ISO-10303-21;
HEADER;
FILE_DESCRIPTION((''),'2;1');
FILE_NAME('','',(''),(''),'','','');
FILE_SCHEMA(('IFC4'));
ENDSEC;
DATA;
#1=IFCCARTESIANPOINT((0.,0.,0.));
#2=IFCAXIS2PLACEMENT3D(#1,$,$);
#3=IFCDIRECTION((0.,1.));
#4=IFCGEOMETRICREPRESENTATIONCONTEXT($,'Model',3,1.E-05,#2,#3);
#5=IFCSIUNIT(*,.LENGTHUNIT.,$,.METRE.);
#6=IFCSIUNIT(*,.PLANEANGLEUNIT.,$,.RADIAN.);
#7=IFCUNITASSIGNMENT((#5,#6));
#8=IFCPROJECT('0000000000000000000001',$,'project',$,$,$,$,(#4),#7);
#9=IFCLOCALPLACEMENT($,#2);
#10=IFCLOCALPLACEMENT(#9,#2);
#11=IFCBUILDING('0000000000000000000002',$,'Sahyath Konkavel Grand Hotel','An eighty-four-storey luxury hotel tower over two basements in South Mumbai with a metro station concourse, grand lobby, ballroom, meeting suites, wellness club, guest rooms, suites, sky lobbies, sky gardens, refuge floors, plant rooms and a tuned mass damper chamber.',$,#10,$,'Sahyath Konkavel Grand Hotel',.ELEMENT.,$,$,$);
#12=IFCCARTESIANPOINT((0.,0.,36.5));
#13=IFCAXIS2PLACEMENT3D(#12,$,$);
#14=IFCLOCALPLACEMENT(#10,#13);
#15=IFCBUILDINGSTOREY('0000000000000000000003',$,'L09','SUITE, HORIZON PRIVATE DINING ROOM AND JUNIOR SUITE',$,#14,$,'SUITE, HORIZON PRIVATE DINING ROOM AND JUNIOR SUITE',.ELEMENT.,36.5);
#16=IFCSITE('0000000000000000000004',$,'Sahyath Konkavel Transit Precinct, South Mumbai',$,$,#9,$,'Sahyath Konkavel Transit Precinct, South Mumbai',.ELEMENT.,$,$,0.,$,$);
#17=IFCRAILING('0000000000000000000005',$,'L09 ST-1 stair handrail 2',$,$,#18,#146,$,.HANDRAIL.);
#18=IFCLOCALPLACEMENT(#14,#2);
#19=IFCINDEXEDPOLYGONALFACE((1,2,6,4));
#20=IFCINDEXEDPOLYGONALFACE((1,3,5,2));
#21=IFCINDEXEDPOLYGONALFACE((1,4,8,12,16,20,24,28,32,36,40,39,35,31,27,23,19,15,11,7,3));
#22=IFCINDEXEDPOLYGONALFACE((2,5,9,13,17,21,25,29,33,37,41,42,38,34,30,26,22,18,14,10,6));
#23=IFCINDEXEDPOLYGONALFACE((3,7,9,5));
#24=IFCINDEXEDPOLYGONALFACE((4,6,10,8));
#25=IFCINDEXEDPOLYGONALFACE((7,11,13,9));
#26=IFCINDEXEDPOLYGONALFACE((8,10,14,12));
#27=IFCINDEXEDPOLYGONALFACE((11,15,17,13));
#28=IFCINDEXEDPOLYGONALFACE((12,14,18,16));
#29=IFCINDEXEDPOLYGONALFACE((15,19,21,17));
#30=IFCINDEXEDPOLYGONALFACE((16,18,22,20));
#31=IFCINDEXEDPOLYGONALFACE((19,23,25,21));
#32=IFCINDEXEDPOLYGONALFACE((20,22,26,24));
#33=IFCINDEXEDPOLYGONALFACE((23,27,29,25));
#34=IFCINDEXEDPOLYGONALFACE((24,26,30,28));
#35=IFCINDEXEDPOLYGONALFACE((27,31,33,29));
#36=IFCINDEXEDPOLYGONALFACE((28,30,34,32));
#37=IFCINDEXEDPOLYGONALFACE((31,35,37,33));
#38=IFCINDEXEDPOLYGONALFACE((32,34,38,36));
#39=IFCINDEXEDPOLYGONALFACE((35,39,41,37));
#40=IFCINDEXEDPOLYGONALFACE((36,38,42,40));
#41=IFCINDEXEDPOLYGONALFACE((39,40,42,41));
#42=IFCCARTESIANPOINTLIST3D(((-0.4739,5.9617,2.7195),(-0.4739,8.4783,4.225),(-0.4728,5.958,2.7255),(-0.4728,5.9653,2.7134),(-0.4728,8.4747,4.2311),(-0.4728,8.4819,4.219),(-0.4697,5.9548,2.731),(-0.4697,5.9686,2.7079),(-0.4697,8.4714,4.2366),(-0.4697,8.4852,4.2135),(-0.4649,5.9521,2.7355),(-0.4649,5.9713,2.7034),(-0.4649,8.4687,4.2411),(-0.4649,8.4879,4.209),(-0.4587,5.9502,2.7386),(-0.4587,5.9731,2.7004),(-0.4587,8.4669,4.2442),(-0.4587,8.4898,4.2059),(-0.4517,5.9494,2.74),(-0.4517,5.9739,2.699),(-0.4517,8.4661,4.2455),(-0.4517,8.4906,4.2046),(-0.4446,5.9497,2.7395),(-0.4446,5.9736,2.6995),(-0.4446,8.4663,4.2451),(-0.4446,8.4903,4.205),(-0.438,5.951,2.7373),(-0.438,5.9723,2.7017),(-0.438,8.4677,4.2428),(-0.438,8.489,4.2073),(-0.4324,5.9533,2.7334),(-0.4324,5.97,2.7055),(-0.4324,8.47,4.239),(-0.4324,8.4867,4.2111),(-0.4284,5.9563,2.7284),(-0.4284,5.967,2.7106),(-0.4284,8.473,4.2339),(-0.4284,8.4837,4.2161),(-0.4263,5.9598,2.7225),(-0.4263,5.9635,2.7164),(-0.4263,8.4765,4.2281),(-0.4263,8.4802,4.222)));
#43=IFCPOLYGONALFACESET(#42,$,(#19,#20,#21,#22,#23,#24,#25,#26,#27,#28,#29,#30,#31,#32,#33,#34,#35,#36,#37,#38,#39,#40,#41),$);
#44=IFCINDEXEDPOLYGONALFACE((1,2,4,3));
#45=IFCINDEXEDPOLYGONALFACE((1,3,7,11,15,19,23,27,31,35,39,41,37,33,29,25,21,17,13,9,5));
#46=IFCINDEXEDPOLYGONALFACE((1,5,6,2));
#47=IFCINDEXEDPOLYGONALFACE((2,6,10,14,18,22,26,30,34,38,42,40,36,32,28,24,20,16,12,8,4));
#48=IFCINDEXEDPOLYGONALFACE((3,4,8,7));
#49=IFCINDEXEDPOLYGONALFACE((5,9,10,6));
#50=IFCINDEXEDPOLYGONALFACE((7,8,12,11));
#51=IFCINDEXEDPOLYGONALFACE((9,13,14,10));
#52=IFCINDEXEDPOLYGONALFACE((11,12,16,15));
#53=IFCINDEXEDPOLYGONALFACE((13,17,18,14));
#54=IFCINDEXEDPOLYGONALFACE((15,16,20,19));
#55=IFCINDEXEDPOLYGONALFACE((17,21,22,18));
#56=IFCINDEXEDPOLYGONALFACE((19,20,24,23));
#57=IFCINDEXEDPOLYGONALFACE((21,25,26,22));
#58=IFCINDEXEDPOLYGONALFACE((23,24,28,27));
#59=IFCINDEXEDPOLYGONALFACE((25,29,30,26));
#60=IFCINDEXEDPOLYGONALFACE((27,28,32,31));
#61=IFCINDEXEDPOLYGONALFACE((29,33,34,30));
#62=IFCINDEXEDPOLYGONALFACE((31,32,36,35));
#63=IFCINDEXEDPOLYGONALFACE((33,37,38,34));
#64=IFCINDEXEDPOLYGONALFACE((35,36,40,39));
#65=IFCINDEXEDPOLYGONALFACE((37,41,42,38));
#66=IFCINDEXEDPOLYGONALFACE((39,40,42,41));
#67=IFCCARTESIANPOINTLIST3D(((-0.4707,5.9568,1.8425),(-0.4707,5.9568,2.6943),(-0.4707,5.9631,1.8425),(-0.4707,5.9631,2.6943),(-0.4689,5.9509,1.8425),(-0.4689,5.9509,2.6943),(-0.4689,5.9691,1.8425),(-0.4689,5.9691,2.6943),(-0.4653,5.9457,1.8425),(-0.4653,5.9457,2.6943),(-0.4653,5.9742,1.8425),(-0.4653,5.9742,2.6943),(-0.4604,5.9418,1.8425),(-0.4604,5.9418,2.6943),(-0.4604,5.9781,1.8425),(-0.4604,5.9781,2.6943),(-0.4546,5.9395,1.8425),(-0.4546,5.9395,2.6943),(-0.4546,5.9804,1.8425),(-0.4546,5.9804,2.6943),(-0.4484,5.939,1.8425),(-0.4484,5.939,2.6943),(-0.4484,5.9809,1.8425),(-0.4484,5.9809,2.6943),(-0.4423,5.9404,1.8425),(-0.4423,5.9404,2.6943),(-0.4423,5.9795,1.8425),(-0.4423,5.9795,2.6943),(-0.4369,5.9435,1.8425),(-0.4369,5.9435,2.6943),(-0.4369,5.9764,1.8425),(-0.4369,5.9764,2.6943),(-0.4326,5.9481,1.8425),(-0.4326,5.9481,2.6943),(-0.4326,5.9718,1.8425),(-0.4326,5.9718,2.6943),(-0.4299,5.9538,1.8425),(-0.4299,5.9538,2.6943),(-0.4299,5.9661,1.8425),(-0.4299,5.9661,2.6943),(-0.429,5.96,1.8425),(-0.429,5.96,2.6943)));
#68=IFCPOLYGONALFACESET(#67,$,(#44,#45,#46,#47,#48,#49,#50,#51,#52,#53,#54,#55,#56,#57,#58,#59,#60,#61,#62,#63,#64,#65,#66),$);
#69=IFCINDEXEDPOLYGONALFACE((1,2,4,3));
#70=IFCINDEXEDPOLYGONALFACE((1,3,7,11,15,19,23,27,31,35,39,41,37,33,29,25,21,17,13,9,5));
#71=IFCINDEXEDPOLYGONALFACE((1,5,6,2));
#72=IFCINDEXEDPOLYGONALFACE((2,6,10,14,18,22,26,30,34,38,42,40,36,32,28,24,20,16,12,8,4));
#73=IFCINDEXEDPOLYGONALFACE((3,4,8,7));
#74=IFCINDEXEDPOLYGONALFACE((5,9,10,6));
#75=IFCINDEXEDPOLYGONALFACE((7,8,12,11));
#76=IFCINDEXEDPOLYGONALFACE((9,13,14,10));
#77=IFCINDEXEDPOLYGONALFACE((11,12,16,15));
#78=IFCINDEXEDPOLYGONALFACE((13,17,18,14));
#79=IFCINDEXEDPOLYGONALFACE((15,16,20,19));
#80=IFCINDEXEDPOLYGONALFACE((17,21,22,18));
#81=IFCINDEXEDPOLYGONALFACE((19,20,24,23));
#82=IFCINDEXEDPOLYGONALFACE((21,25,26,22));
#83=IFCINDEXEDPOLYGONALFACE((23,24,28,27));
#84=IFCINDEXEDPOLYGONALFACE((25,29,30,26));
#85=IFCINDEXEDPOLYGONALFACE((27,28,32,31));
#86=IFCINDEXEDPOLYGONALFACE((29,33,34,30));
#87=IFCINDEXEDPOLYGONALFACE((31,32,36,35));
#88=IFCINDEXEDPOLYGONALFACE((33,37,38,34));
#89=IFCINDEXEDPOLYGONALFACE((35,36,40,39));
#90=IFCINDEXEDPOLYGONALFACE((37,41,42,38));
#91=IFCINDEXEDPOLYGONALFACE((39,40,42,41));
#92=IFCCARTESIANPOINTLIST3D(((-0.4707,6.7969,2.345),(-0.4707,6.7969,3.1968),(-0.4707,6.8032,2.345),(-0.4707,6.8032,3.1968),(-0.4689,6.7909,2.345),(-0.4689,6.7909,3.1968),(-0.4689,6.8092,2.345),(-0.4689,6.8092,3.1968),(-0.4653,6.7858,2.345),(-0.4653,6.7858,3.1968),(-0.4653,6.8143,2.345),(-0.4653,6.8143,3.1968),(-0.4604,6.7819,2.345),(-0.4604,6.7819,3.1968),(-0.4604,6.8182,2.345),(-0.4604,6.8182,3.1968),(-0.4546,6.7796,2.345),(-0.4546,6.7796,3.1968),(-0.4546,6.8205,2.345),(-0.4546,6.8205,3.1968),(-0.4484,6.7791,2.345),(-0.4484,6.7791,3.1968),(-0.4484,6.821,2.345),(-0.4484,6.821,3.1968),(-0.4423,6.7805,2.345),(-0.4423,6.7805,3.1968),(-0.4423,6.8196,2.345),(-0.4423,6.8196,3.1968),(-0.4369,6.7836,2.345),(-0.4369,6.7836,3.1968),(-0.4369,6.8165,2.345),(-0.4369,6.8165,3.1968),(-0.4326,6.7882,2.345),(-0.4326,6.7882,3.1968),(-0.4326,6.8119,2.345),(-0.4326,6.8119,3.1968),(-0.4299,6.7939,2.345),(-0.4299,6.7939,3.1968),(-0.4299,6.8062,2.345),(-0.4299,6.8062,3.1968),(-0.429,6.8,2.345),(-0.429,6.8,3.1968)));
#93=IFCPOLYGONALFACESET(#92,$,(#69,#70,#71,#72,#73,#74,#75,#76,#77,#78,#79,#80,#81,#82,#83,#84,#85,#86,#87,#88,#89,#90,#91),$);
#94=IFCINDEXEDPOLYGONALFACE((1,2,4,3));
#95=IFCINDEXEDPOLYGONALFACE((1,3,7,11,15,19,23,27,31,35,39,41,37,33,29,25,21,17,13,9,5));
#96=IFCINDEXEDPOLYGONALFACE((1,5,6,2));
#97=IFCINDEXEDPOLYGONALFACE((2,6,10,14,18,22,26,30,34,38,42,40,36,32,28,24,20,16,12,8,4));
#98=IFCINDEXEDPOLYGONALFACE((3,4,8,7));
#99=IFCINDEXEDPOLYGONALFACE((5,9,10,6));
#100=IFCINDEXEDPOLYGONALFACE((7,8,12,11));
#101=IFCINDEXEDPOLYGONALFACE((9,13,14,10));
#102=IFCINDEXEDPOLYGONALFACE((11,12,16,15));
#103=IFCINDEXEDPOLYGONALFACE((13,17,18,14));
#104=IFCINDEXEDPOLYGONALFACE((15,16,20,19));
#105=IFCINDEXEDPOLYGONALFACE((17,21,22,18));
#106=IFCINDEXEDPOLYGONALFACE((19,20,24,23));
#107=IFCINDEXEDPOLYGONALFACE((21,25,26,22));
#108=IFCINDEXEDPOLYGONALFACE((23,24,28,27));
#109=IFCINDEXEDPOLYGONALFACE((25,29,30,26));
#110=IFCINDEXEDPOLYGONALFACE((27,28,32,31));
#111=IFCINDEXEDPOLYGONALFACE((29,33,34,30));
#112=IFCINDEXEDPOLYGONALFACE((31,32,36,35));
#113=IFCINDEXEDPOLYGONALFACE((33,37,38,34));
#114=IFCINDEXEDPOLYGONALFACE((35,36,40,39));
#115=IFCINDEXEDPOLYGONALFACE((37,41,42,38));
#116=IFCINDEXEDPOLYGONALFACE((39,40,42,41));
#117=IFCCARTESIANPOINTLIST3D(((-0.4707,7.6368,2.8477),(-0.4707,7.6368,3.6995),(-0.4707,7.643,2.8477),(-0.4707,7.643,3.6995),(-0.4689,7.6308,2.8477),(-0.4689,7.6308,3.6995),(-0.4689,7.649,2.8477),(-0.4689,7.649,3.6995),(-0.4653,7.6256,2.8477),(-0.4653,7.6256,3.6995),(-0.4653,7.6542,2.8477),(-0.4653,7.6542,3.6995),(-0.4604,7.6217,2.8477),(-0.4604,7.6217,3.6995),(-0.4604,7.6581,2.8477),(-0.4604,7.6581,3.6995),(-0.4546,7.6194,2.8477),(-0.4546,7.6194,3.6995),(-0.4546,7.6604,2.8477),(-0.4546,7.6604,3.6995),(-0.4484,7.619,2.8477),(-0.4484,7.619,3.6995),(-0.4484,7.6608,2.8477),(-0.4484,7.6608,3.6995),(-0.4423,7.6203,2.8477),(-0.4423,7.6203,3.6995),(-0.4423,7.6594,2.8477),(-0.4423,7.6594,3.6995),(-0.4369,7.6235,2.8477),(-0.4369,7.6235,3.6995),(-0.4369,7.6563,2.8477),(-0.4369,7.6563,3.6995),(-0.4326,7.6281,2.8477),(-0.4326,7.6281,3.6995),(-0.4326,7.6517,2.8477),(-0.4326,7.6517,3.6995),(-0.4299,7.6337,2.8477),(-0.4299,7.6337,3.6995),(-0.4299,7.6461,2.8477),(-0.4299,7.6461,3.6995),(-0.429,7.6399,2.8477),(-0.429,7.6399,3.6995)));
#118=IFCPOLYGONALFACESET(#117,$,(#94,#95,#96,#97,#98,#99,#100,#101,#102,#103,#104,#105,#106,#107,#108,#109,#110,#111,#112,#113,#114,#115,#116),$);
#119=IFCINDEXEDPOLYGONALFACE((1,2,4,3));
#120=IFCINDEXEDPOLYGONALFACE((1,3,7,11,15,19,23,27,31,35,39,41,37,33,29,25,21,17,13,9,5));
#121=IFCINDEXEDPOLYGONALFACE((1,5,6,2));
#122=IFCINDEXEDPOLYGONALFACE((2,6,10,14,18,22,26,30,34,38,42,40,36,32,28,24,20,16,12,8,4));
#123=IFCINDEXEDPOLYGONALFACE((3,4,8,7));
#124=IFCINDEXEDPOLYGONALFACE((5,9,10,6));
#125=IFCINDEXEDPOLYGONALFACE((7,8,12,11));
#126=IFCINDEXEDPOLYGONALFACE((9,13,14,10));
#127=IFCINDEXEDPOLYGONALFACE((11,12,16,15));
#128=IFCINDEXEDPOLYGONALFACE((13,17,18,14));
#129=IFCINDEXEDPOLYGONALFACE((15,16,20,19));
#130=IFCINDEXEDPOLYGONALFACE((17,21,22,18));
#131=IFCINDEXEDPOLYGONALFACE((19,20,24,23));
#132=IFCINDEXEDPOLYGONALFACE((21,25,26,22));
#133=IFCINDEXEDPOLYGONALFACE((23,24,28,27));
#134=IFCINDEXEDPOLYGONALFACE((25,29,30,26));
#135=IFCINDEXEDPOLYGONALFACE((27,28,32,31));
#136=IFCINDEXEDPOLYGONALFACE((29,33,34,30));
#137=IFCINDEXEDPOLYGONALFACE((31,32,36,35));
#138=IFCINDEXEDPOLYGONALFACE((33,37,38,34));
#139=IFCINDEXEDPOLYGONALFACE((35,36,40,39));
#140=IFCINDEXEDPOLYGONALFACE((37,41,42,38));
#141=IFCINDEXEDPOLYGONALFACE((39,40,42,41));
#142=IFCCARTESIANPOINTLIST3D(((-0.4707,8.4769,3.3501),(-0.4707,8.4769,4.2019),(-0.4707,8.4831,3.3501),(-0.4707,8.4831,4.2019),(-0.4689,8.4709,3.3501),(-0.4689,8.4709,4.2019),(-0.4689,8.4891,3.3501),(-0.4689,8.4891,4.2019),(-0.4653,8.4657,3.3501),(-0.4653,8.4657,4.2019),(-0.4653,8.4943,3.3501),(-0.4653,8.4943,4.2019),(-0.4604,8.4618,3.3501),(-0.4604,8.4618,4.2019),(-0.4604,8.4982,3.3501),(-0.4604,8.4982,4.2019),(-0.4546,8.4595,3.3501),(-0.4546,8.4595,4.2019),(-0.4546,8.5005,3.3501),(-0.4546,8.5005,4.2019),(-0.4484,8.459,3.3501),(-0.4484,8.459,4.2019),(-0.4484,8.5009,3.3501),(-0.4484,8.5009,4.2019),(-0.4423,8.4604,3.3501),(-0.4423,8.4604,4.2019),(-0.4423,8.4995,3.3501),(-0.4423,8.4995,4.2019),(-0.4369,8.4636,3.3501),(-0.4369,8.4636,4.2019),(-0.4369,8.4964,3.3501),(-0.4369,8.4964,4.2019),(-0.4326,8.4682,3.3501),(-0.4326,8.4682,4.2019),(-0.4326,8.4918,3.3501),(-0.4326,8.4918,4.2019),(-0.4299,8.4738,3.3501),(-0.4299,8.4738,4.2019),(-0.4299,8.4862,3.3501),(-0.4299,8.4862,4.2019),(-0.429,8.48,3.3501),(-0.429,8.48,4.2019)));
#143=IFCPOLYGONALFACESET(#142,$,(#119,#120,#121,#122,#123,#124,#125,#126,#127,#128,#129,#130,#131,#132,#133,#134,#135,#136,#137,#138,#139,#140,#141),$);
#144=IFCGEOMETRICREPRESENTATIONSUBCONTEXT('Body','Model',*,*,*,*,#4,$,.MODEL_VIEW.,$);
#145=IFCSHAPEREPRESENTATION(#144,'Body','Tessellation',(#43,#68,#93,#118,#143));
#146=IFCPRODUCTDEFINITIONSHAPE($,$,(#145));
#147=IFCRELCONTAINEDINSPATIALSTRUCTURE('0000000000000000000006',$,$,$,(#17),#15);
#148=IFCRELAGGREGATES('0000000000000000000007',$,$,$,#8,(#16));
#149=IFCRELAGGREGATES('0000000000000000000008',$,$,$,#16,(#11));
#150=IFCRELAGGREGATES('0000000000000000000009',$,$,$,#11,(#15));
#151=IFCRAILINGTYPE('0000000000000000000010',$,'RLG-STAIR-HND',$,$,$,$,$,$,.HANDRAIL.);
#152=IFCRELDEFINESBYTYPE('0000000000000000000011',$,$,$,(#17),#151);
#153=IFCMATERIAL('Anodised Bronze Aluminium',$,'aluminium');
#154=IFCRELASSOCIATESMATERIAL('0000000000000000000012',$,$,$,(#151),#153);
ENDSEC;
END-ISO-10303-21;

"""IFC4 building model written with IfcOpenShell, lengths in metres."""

from ifc_helpers import new_model, si_unit, direction, frame, origin, origin_2d, place, context, subcontext, project, spatial, circle, extrude, material, type_object, element, save


model = new_model("IFC4")

# Units and contexts
model_context = context("Model", 3, precision=1e-05, world=origin(), true_north=direction((0.0, 1.0)))
body_context = subcontext(model_context, "Body", "Model", "MODEL_VIEW")
ifc_project = project(units=[si_unit("LENGTHUNIT", "METRE"), si_unit("PLANEANGLEUNIT", "RADIAN")], contexts=[model_context])

# Site, building, storey
site_placement = place(None, origin())
site = spatial("IfcSite", under=ifc_project, at=site_placement, Name="Sahyath Konkavel Transit Precinct, South Mumbai", LongName="Sahyath Konkavel Transit Precinct, South Mumbai", CompositionType="ELEMENT", RefElevation=0.0)
building_placement = place(site_placement, origin())
building = spatial("IfcBuilding", under=site, at=building_placement, Name="Sahyath Konkavel Grand Hotel", Description="An eighty-four-storey luxury hotel tower over two basements in South Mumbai with a metro station concourse, grand lobby, ballroom, meeting suites, wellness club, guest rooms, suites, sky lobbies, sky gardens, refuge floors, plant rooms and a tuned mass damper chamber.", LongName="Sahyath Konkavel Grand Hotel", CompositionType="ELEMENT")
storey_placement = place(building_placement, frame((0.0, 0.0, 36.5)))
storey = spatial("IfcBuildingStorey", under=building, at=storey_placement, Name="L09", Description="SUITE, HORIZON PRIVATE DINING ROOM AND JUNIOR SUITE", LongName="SUITE, HORIZON PRIVATE DINING ROOM AND JUNIOR SUITE", CompositionType="ELEMENT", Elevation=36.5)

# Shared definitions
ifc_material_1 = material(Name="Anodised Bronze Aluminium", Category="aluminium")

# Railing
railing_type_1 = type_object("IfcRailingType", Name="RLG-STAIR-HND", PredefinedType="HANDRAIL", material=ifc_material_1)
railing_1_placement = place(storey_placement, frame((-0.45, 5.96, 1.8425)))
element("IfcRailing", 1, at=railing_1_placement, inside=storey, type_object=railing_type_1, Name="L09 ST-1 stair handrail 2", PredefinedType="HANDRAIL", context=body_context, shape_type="SweptSolid", body=[
    extrude(circle(Radius=0.0239, at=origin_2d()), frame((0.0, 0.0017, 0.877), z_axis=(0.0, 0.85816, 0.513383), x_axis=(-1.0, 0.0, 0.0)), (0.0, 0.0, 1.0), 2.9326),
    extrude(circle(Radius=0.021, at=origin_2d()), origin(), (0.0, 0.0, 1.0), 0.8518),
    extrude(circle(Radius=0.021, at=origin_2d()), frame((0.0, 0.8401, 0.5024)), (0.0, 0.0, 1.0), 0.8518),
    extrude(circle(Radius=0.021, at=origin_2d()), frame((0.0, 1.6799, 1.0051)), (0.0, 0.0, 1.0), 0.8518),
    extrude(circle(Radius=0.021, at=origin_2d()), frame((0.0, 2.52, 1.5076)), (0.0, 0.0, 1.0), 0.8518),
])

save(model, "model.ifc")
